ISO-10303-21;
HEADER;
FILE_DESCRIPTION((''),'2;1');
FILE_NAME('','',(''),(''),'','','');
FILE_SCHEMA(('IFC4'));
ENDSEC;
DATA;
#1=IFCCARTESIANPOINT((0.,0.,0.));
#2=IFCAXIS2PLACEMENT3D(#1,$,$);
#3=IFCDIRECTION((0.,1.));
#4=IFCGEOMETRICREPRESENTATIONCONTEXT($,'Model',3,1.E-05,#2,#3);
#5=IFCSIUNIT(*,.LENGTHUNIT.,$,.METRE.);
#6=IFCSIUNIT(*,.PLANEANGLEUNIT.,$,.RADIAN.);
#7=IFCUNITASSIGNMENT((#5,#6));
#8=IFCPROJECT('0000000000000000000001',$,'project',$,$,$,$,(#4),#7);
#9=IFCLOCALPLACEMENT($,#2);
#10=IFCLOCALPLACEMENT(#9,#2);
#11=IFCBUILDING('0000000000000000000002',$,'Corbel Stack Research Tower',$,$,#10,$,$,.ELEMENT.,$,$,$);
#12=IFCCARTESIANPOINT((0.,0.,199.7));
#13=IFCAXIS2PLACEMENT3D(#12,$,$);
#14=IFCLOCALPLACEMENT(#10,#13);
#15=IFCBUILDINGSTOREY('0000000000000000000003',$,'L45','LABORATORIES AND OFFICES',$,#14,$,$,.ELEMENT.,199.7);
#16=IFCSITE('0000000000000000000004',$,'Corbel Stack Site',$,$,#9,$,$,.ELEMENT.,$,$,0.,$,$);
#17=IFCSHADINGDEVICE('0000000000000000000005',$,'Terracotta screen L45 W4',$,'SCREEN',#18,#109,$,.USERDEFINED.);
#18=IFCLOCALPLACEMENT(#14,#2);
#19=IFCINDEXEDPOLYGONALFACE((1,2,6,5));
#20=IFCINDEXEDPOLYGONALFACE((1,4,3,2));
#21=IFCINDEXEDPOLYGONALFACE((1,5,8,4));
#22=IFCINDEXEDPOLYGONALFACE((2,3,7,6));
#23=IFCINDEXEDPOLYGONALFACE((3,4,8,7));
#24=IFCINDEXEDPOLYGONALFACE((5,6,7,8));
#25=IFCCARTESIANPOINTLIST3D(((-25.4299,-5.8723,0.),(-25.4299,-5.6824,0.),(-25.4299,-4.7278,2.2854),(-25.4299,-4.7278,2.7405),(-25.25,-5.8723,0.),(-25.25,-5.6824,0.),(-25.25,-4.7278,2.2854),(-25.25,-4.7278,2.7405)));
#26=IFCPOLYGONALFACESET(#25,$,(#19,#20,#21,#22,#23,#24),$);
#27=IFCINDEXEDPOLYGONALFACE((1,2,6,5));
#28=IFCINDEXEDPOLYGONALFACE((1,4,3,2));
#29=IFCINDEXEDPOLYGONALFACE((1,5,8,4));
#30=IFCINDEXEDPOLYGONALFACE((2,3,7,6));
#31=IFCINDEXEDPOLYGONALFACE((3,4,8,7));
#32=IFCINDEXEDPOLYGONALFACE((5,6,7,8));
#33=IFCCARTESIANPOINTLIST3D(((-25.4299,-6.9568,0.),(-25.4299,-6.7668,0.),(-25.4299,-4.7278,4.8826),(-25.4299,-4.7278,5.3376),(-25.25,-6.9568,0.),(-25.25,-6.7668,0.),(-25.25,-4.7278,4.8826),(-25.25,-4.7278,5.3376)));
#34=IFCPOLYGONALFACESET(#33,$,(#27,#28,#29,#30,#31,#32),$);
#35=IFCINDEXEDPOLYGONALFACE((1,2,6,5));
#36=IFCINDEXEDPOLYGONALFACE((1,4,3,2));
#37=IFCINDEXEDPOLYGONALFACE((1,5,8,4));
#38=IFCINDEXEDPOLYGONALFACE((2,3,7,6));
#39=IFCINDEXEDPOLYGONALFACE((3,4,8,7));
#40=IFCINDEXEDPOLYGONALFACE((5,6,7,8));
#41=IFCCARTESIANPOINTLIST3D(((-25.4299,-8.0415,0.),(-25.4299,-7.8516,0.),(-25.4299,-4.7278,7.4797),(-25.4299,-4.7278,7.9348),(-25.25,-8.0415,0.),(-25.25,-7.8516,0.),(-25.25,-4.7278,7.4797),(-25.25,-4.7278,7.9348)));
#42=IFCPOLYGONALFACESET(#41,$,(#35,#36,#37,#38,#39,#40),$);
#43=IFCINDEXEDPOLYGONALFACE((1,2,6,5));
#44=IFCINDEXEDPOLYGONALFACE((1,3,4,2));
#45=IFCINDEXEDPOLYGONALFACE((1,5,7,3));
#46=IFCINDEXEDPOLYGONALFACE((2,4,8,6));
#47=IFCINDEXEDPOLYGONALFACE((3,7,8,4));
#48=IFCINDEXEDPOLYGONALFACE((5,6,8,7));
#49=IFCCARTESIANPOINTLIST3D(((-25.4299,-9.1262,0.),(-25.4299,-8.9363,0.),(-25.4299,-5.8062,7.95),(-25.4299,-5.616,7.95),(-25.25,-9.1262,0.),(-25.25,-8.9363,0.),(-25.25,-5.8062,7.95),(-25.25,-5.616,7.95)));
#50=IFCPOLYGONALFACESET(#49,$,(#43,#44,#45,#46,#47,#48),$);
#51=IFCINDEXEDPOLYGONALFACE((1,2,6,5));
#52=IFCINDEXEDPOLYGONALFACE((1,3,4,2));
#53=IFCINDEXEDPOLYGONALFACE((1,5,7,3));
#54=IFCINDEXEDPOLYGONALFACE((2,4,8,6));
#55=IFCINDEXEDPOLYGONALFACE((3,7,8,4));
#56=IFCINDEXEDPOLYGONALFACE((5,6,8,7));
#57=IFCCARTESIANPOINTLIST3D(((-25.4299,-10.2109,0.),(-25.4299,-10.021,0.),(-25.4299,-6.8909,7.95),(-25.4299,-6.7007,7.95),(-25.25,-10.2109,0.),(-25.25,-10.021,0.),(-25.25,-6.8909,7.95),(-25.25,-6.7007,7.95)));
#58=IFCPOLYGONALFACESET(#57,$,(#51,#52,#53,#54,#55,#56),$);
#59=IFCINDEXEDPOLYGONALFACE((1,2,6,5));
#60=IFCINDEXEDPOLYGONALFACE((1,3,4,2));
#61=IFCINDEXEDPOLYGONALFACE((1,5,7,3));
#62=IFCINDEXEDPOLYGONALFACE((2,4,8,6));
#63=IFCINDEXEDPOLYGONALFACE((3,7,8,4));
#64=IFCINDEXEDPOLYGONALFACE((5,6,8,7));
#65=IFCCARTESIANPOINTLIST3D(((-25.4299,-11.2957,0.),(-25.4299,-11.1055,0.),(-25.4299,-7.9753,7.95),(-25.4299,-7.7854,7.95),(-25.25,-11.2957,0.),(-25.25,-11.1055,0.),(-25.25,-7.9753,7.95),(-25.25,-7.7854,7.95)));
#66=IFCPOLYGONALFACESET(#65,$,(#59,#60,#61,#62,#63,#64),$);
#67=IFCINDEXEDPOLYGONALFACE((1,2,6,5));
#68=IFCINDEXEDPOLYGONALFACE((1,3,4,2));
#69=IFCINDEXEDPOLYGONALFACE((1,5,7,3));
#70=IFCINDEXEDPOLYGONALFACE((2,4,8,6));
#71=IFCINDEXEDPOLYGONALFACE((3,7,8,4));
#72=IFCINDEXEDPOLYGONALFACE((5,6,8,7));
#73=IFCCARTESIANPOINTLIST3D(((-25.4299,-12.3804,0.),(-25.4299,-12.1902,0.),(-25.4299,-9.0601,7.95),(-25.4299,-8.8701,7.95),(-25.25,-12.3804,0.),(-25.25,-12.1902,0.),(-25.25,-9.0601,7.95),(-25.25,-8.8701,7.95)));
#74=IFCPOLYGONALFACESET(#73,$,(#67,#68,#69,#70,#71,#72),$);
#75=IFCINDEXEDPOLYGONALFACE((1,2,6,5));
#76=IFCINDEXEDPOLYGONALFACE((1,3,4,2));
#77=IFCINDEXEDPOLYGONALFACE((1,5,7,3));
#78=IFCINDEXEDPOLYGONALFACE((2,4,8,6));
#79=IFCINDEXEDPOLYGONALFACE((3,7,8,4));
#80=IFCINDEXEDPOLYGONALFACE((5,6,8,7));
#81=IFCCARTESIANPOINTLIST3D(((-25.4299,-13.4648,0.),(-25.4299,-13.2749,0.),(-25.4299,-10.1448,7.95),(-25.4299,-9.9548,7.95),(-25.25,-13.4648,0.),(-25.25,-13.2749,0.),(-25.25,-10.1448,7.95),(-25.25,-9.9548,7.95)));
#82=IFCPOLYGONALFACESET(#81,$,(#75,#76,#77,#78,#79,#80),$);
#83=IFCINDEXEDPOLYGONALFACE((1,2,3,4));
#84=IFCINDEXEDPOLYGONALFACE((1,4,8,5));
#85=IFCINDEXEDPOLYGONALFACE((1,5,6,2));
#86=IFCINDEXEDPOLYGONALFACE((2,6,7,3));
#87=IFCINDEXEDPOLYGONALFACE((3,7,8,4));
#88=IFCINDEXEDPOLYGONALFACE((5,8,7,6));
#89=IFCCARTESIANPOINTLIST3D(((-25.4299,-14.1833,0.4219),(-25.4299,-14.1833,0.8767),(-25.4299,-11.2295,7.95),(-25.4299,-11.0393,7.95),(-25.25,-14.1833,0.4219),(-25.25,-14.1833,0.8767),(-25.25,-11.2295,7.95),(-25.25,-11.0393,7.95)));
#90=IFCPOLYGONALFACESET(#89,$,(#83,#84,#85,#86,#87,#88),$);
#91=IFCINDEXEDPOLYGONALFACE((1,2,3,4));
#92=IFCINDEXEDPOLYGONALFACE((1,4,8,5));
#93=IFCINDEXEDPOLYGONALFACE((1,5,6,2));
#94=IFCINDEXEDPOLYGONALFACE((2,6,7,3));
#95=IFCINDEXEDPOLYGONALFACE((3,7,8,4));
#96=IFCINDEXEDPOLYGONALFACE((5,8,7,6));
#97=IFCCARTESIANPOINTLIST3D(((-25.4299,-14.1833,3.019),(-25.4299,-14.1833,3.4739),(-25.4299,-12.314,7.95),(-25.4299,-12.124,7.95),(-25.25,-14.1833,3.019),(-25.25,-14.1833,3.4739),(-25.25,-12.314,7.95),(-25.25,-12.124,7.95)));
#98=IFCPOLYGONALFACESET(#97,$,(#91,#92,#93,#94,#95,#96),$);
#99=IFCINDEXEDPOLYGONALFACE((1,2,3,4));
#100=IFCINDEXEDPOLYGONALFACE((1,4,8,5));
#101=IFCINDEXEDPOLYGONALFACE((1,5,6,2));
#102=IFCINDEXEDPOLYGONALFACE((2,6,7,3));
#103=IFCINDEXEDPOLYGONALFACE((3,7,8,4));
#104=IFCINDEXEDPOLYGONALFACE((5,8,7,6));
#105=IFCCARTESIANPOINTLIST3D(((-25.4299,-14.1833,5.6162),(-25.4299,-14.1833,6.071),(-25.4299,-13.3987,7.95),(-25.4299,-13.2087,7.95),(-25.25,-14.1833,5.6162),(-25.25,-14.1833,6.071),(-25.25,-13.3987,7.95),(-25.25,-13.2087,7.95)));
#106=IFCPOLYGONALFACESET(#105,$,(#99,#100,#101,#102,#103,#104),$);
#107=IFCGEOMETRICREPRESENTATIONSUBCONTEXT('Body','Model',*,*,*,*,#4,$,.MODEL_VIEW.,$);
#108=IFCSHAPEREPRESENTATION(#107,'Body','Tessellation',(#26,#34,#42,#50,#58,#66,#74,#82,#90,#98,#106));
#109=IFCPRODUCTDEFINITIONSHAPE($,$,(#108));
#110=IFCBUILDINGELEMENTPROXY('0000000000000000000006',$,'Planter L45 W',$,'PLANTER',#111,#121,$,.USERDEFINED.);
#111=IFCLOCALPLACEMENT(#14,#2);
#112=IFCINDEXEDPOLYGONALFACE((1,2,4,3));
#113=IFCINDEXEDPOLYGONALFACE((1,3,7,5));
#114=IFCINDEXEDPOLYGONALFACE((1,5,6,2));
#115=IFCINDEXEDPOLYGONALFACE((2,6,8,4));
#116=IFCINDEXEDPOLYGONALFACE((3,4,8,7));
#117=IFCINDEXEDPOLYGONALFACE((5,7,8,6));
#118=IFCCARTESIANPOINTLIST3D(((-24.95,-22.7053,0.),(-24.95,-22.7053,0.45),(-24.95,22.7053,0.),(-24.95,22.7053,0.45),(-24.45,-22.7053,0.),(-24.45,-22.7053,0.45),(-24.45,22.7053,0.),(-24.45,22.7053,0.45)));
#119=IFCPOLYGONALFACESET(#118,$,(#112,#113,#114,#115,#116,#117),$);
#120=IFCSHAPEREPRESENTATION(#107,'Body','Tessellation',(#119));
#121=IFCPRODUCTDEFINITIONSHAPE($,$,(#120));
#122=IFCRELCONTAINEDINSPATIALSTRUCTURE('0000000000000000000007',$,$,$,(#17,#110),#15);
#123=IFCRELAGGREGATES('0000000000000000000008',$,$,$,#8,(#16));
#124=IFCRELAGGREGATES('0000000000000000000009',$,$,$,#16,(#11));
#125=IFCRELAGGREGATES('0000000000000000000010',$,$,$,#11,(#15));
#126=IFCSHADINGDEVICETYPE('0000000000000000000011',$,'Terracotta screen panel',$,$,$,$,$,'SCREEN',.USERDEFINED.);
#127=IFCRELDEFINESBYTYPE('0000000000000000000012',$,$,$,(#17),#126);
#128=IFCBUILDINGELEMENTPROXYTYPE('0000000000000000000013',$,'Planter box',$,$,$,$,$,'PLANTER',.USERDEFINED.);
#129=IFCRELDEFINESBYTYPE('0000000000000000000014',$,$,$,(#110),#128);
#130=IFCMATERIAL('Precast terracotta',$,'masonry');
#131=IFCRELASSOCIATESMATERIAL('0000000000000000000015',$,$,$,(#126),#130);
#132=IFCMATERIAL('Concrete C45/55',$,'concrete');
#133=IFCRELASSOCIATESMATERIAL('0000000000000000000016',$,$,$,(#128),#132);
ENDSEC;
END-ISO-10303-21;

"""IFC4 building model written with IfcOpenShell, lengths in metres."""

from ifc_helpers import new_model, si_unit, direction, frame, origin, origin_2d, place, context, subcontext, project, spatial, polyline, rectangle, outline, extrude, source, transform, mapped, material, type_object, element, save


model = new_model("IFC4")

# Units and contexts
model_context = context("Model", 3, precision=1e-05, world=origin(), true_north=direction((0.0, 1.0)))
body_context = subcontext(model_context, "Body", "Model", "MODEL_VIEW")
ifc_project = project(units=[si_unit("LENGTHUNIT", "METRE"), si_unit("PLANEANGLEUNIT", "RADIAN")], contexts=[model_context])

# Site, building, storey
site_placement = place(None, origin())
site = spatial("IfcSite", under=ifc_project, at=site_placement, Name="Corbel Stack Site", CompositionType="ELEMENT", RefElevation=0.0)
building_placement = place(site_placement, origin())
building = spatial("IfcBuilding", under=site, at=building_placement, Name="Corbel Stack Research Tower", CompositionType="ELEMENT")
storey_placement = place(building_placement, frame((0.0, 0.0, 199.7)))
storey = spatial("IfcBuildingStorey", under=building, at=storey_placement, Name="L45", Description="LABORATORIES AND OFFICES", CompositionType="ELEMENT", Elevation=199.7)

# Shading device
ifc_material_1 = material(Name="Precast terracotta", Category="masonry")
shading_device_type = type_object("IfcShadingDeviceType", Name="Terracotta screen panel", ElementType="SCREEN", PredefinedType="USERDEFINED", material=ifc_material_1)
shared_shape = source(origin(), body_context, "Body", "SweptSolid", [
    extrude(outline(polyline([(1.1445, 0.0), (0.0, 2.7405), (0.0, 2.2854), (0.9546, 0.0), (1.1445, 0.0)])), frame((0.0, 0.0, 0.0), z_axis=(0.0, -1.0, 0.0), x_axis=(1.0, 0.0, 0.0)), (0.0, 0.0, 1.0), 0.1799),
    extrude(outline(polyline([(2.229, 0.0), (0.0, 5.3376), (0.0, 4.8826), (2.0391, 0.0), (2.229, 0.0)])), frame((0.0, 0.0, 0.0), z_axis=(0.0, -1.0, 0.0), x_axis=(1.0, 0.0, 0.0)), (0.0, 0.0, 1.0), 0.1799),
    extrude(outline(polyline([(3.3137, 0.0), (0.0, 7.9348), (0.0, 7.4797), (3.1238, 0.0), (3.3137, 0.0)])), frame((0.0, 0.0, 0.0), z_axis=(0.0, -1.0, 0.0), x_axis=(1.0, 0.0, 0.0)), (0.0, 0.0, 1.0), 0.1799),
    extrude(outline(polyline([(4.3984, 0.0), (1.0784, 7.95), (0.8882, 7.95), (4.2085, 0.0), (4.3984, 0.0)])), frame((0.0, 0.0, 0.0), z_axis=(0.0, -1.0, 0.0), x_axis=(1.0, 0.0, 0.0)), (0.0, 0.0, 1.0), 0.1799),
    extrude(outline(polyline([(5.4832, 0.0), (2.1631, 7.95), (1.9729, 7.95), (5.2932, 0.0), (5.4832, 0.0)])), frame((0.0, 0.0, 0.0), z_axis=(0.0, -1.0, 0.0), x_axis=(1.0, 0.0, 0.0)), (0.0, 0.0, 1.0), 0.1799),
    extrude(outline(polyline([(6.5679, 0.0), (3.2476, 7.95), (3.0576, 7.95), (6.3777, 0.0), (6.5679, 0.0)])), frame((0.0, 0.0, 0.0), z_axis=(0.0, -1.0, 0.0), x_axis=(1.0, 0.0, 0.0)), (0.0, 0.0, 1.0), 0.1799),
    extrude(outline(polyline([(7.6526, 0.0), (4.3323, 7.95), (4.1423, 7.95), (7.4624, 0.0), (7.6526, 0.0)])), frame((0.0, 0.0, 0.0), z_axis=(0.0, -1.0, 0.0), x_axis=(1.0, 0.0, 0.0)), (0.0, 0.0, 1.0), 0.1799),
    extrude(outline(polyline([(8.7371, 0.0), (5.417, 7.95), (5.2271, 7.95), (8.5471, 0.0), (8.7371, 0.0)])), frame((0.0, 0.0, 0.0), z_axis=(0.0, -1.0, 0.0), x_axis=(1.0, 0.0, 0.0)), (0.0, 0.0, 1.0), 0.1799),
    extrude(outline(polyline([(6.5017, 7.95), (6.3115, 7.95), (9.4556, 0.4219), (9.4556, 0.8767), (6.5017, 7.95)])), frame((0.0, 0.0, 0.0), z_axis=(0.0, -1.0, 0.0), x_axis=(1.0, 0.0, 0.0)), (0.0, 0.0, 1.0), 0.1799),
    extrude(outline(polyline([(7.5862, 7.95), (7.3962, 7.95), (9.4556, 3.019), (9.4556, 3.4739), (7.5862, 7.95)])), frame((0.0, 0.0, 0.0), z_axis=(0.0, -1.0, 0.0), x_axis=(1.0, 0.0, 0.0)), (0.0, 0.0, 1.0), 0.1799),
    extrude(outline(polyline([(8.6709, 7.95), (8.481, 7.95), (9.4556, 5.6162), (9.4556, 6.071), (8.6709, 7.95)])), frame((0.0, 0.0, 0.0), z_axis=(0.0, -1.0, 0.0), x_axis=(1.0, 0.0, 0.0)), (0.0, 0.0, 1.0), 0.1799),
])
shading_device_placement = place(storey_placement, frame((-25.25, -4.7278, 0.0), z_axis=(0.0, 0.0, 1.0), x_axis=(0.0, -1.0, 0.0)))
element("IfcShadingDevice", 1, at=shading_device_placement, inside=storey, type_object=shading_device_type, Name="Terracotta screen L45 W4", ObjectType="SCREEN", PredefinedType="USERDEFINED", context=body_context, shape_type="MappedRepresentation", body=[
    mapped(shared_shape, transform((0.0, 0.0, 0.0))),
])

# Building element proxy
ifc_material_2 = material(Name="Concrete C45/55", Category="concrete")
building_element_proxy_type = type_object("IfcBuildingElementProxyType", Name="Planter box", ElementType="PLANTER", PredefinedType="USERDEFINED", material=ifc_material_2)
proxy_placement = place(storey_placement, frame((-24.7, 0.0, 0.0), z_axis=(0.0, 0.0, 1.0), x_axis=(0.0, -1.0, 0.0)))
element("IfcBuildingElementProxy", 2, at=proxy_placement, inside=storey, type_object=building_element_proxy_type, Name="Planter L45 W", ObjectType="PLANTER", PredefinedType="USERDEFINED", context=body_context, shape_type="SweptSolid", body=[
    extrude(rectangle(XDim=45.4106, YDim=0.5, at=origin_2d()), origin(), (0.0, 0.0, 1.0), 0.45),
])

save(model, "model.ifc")
